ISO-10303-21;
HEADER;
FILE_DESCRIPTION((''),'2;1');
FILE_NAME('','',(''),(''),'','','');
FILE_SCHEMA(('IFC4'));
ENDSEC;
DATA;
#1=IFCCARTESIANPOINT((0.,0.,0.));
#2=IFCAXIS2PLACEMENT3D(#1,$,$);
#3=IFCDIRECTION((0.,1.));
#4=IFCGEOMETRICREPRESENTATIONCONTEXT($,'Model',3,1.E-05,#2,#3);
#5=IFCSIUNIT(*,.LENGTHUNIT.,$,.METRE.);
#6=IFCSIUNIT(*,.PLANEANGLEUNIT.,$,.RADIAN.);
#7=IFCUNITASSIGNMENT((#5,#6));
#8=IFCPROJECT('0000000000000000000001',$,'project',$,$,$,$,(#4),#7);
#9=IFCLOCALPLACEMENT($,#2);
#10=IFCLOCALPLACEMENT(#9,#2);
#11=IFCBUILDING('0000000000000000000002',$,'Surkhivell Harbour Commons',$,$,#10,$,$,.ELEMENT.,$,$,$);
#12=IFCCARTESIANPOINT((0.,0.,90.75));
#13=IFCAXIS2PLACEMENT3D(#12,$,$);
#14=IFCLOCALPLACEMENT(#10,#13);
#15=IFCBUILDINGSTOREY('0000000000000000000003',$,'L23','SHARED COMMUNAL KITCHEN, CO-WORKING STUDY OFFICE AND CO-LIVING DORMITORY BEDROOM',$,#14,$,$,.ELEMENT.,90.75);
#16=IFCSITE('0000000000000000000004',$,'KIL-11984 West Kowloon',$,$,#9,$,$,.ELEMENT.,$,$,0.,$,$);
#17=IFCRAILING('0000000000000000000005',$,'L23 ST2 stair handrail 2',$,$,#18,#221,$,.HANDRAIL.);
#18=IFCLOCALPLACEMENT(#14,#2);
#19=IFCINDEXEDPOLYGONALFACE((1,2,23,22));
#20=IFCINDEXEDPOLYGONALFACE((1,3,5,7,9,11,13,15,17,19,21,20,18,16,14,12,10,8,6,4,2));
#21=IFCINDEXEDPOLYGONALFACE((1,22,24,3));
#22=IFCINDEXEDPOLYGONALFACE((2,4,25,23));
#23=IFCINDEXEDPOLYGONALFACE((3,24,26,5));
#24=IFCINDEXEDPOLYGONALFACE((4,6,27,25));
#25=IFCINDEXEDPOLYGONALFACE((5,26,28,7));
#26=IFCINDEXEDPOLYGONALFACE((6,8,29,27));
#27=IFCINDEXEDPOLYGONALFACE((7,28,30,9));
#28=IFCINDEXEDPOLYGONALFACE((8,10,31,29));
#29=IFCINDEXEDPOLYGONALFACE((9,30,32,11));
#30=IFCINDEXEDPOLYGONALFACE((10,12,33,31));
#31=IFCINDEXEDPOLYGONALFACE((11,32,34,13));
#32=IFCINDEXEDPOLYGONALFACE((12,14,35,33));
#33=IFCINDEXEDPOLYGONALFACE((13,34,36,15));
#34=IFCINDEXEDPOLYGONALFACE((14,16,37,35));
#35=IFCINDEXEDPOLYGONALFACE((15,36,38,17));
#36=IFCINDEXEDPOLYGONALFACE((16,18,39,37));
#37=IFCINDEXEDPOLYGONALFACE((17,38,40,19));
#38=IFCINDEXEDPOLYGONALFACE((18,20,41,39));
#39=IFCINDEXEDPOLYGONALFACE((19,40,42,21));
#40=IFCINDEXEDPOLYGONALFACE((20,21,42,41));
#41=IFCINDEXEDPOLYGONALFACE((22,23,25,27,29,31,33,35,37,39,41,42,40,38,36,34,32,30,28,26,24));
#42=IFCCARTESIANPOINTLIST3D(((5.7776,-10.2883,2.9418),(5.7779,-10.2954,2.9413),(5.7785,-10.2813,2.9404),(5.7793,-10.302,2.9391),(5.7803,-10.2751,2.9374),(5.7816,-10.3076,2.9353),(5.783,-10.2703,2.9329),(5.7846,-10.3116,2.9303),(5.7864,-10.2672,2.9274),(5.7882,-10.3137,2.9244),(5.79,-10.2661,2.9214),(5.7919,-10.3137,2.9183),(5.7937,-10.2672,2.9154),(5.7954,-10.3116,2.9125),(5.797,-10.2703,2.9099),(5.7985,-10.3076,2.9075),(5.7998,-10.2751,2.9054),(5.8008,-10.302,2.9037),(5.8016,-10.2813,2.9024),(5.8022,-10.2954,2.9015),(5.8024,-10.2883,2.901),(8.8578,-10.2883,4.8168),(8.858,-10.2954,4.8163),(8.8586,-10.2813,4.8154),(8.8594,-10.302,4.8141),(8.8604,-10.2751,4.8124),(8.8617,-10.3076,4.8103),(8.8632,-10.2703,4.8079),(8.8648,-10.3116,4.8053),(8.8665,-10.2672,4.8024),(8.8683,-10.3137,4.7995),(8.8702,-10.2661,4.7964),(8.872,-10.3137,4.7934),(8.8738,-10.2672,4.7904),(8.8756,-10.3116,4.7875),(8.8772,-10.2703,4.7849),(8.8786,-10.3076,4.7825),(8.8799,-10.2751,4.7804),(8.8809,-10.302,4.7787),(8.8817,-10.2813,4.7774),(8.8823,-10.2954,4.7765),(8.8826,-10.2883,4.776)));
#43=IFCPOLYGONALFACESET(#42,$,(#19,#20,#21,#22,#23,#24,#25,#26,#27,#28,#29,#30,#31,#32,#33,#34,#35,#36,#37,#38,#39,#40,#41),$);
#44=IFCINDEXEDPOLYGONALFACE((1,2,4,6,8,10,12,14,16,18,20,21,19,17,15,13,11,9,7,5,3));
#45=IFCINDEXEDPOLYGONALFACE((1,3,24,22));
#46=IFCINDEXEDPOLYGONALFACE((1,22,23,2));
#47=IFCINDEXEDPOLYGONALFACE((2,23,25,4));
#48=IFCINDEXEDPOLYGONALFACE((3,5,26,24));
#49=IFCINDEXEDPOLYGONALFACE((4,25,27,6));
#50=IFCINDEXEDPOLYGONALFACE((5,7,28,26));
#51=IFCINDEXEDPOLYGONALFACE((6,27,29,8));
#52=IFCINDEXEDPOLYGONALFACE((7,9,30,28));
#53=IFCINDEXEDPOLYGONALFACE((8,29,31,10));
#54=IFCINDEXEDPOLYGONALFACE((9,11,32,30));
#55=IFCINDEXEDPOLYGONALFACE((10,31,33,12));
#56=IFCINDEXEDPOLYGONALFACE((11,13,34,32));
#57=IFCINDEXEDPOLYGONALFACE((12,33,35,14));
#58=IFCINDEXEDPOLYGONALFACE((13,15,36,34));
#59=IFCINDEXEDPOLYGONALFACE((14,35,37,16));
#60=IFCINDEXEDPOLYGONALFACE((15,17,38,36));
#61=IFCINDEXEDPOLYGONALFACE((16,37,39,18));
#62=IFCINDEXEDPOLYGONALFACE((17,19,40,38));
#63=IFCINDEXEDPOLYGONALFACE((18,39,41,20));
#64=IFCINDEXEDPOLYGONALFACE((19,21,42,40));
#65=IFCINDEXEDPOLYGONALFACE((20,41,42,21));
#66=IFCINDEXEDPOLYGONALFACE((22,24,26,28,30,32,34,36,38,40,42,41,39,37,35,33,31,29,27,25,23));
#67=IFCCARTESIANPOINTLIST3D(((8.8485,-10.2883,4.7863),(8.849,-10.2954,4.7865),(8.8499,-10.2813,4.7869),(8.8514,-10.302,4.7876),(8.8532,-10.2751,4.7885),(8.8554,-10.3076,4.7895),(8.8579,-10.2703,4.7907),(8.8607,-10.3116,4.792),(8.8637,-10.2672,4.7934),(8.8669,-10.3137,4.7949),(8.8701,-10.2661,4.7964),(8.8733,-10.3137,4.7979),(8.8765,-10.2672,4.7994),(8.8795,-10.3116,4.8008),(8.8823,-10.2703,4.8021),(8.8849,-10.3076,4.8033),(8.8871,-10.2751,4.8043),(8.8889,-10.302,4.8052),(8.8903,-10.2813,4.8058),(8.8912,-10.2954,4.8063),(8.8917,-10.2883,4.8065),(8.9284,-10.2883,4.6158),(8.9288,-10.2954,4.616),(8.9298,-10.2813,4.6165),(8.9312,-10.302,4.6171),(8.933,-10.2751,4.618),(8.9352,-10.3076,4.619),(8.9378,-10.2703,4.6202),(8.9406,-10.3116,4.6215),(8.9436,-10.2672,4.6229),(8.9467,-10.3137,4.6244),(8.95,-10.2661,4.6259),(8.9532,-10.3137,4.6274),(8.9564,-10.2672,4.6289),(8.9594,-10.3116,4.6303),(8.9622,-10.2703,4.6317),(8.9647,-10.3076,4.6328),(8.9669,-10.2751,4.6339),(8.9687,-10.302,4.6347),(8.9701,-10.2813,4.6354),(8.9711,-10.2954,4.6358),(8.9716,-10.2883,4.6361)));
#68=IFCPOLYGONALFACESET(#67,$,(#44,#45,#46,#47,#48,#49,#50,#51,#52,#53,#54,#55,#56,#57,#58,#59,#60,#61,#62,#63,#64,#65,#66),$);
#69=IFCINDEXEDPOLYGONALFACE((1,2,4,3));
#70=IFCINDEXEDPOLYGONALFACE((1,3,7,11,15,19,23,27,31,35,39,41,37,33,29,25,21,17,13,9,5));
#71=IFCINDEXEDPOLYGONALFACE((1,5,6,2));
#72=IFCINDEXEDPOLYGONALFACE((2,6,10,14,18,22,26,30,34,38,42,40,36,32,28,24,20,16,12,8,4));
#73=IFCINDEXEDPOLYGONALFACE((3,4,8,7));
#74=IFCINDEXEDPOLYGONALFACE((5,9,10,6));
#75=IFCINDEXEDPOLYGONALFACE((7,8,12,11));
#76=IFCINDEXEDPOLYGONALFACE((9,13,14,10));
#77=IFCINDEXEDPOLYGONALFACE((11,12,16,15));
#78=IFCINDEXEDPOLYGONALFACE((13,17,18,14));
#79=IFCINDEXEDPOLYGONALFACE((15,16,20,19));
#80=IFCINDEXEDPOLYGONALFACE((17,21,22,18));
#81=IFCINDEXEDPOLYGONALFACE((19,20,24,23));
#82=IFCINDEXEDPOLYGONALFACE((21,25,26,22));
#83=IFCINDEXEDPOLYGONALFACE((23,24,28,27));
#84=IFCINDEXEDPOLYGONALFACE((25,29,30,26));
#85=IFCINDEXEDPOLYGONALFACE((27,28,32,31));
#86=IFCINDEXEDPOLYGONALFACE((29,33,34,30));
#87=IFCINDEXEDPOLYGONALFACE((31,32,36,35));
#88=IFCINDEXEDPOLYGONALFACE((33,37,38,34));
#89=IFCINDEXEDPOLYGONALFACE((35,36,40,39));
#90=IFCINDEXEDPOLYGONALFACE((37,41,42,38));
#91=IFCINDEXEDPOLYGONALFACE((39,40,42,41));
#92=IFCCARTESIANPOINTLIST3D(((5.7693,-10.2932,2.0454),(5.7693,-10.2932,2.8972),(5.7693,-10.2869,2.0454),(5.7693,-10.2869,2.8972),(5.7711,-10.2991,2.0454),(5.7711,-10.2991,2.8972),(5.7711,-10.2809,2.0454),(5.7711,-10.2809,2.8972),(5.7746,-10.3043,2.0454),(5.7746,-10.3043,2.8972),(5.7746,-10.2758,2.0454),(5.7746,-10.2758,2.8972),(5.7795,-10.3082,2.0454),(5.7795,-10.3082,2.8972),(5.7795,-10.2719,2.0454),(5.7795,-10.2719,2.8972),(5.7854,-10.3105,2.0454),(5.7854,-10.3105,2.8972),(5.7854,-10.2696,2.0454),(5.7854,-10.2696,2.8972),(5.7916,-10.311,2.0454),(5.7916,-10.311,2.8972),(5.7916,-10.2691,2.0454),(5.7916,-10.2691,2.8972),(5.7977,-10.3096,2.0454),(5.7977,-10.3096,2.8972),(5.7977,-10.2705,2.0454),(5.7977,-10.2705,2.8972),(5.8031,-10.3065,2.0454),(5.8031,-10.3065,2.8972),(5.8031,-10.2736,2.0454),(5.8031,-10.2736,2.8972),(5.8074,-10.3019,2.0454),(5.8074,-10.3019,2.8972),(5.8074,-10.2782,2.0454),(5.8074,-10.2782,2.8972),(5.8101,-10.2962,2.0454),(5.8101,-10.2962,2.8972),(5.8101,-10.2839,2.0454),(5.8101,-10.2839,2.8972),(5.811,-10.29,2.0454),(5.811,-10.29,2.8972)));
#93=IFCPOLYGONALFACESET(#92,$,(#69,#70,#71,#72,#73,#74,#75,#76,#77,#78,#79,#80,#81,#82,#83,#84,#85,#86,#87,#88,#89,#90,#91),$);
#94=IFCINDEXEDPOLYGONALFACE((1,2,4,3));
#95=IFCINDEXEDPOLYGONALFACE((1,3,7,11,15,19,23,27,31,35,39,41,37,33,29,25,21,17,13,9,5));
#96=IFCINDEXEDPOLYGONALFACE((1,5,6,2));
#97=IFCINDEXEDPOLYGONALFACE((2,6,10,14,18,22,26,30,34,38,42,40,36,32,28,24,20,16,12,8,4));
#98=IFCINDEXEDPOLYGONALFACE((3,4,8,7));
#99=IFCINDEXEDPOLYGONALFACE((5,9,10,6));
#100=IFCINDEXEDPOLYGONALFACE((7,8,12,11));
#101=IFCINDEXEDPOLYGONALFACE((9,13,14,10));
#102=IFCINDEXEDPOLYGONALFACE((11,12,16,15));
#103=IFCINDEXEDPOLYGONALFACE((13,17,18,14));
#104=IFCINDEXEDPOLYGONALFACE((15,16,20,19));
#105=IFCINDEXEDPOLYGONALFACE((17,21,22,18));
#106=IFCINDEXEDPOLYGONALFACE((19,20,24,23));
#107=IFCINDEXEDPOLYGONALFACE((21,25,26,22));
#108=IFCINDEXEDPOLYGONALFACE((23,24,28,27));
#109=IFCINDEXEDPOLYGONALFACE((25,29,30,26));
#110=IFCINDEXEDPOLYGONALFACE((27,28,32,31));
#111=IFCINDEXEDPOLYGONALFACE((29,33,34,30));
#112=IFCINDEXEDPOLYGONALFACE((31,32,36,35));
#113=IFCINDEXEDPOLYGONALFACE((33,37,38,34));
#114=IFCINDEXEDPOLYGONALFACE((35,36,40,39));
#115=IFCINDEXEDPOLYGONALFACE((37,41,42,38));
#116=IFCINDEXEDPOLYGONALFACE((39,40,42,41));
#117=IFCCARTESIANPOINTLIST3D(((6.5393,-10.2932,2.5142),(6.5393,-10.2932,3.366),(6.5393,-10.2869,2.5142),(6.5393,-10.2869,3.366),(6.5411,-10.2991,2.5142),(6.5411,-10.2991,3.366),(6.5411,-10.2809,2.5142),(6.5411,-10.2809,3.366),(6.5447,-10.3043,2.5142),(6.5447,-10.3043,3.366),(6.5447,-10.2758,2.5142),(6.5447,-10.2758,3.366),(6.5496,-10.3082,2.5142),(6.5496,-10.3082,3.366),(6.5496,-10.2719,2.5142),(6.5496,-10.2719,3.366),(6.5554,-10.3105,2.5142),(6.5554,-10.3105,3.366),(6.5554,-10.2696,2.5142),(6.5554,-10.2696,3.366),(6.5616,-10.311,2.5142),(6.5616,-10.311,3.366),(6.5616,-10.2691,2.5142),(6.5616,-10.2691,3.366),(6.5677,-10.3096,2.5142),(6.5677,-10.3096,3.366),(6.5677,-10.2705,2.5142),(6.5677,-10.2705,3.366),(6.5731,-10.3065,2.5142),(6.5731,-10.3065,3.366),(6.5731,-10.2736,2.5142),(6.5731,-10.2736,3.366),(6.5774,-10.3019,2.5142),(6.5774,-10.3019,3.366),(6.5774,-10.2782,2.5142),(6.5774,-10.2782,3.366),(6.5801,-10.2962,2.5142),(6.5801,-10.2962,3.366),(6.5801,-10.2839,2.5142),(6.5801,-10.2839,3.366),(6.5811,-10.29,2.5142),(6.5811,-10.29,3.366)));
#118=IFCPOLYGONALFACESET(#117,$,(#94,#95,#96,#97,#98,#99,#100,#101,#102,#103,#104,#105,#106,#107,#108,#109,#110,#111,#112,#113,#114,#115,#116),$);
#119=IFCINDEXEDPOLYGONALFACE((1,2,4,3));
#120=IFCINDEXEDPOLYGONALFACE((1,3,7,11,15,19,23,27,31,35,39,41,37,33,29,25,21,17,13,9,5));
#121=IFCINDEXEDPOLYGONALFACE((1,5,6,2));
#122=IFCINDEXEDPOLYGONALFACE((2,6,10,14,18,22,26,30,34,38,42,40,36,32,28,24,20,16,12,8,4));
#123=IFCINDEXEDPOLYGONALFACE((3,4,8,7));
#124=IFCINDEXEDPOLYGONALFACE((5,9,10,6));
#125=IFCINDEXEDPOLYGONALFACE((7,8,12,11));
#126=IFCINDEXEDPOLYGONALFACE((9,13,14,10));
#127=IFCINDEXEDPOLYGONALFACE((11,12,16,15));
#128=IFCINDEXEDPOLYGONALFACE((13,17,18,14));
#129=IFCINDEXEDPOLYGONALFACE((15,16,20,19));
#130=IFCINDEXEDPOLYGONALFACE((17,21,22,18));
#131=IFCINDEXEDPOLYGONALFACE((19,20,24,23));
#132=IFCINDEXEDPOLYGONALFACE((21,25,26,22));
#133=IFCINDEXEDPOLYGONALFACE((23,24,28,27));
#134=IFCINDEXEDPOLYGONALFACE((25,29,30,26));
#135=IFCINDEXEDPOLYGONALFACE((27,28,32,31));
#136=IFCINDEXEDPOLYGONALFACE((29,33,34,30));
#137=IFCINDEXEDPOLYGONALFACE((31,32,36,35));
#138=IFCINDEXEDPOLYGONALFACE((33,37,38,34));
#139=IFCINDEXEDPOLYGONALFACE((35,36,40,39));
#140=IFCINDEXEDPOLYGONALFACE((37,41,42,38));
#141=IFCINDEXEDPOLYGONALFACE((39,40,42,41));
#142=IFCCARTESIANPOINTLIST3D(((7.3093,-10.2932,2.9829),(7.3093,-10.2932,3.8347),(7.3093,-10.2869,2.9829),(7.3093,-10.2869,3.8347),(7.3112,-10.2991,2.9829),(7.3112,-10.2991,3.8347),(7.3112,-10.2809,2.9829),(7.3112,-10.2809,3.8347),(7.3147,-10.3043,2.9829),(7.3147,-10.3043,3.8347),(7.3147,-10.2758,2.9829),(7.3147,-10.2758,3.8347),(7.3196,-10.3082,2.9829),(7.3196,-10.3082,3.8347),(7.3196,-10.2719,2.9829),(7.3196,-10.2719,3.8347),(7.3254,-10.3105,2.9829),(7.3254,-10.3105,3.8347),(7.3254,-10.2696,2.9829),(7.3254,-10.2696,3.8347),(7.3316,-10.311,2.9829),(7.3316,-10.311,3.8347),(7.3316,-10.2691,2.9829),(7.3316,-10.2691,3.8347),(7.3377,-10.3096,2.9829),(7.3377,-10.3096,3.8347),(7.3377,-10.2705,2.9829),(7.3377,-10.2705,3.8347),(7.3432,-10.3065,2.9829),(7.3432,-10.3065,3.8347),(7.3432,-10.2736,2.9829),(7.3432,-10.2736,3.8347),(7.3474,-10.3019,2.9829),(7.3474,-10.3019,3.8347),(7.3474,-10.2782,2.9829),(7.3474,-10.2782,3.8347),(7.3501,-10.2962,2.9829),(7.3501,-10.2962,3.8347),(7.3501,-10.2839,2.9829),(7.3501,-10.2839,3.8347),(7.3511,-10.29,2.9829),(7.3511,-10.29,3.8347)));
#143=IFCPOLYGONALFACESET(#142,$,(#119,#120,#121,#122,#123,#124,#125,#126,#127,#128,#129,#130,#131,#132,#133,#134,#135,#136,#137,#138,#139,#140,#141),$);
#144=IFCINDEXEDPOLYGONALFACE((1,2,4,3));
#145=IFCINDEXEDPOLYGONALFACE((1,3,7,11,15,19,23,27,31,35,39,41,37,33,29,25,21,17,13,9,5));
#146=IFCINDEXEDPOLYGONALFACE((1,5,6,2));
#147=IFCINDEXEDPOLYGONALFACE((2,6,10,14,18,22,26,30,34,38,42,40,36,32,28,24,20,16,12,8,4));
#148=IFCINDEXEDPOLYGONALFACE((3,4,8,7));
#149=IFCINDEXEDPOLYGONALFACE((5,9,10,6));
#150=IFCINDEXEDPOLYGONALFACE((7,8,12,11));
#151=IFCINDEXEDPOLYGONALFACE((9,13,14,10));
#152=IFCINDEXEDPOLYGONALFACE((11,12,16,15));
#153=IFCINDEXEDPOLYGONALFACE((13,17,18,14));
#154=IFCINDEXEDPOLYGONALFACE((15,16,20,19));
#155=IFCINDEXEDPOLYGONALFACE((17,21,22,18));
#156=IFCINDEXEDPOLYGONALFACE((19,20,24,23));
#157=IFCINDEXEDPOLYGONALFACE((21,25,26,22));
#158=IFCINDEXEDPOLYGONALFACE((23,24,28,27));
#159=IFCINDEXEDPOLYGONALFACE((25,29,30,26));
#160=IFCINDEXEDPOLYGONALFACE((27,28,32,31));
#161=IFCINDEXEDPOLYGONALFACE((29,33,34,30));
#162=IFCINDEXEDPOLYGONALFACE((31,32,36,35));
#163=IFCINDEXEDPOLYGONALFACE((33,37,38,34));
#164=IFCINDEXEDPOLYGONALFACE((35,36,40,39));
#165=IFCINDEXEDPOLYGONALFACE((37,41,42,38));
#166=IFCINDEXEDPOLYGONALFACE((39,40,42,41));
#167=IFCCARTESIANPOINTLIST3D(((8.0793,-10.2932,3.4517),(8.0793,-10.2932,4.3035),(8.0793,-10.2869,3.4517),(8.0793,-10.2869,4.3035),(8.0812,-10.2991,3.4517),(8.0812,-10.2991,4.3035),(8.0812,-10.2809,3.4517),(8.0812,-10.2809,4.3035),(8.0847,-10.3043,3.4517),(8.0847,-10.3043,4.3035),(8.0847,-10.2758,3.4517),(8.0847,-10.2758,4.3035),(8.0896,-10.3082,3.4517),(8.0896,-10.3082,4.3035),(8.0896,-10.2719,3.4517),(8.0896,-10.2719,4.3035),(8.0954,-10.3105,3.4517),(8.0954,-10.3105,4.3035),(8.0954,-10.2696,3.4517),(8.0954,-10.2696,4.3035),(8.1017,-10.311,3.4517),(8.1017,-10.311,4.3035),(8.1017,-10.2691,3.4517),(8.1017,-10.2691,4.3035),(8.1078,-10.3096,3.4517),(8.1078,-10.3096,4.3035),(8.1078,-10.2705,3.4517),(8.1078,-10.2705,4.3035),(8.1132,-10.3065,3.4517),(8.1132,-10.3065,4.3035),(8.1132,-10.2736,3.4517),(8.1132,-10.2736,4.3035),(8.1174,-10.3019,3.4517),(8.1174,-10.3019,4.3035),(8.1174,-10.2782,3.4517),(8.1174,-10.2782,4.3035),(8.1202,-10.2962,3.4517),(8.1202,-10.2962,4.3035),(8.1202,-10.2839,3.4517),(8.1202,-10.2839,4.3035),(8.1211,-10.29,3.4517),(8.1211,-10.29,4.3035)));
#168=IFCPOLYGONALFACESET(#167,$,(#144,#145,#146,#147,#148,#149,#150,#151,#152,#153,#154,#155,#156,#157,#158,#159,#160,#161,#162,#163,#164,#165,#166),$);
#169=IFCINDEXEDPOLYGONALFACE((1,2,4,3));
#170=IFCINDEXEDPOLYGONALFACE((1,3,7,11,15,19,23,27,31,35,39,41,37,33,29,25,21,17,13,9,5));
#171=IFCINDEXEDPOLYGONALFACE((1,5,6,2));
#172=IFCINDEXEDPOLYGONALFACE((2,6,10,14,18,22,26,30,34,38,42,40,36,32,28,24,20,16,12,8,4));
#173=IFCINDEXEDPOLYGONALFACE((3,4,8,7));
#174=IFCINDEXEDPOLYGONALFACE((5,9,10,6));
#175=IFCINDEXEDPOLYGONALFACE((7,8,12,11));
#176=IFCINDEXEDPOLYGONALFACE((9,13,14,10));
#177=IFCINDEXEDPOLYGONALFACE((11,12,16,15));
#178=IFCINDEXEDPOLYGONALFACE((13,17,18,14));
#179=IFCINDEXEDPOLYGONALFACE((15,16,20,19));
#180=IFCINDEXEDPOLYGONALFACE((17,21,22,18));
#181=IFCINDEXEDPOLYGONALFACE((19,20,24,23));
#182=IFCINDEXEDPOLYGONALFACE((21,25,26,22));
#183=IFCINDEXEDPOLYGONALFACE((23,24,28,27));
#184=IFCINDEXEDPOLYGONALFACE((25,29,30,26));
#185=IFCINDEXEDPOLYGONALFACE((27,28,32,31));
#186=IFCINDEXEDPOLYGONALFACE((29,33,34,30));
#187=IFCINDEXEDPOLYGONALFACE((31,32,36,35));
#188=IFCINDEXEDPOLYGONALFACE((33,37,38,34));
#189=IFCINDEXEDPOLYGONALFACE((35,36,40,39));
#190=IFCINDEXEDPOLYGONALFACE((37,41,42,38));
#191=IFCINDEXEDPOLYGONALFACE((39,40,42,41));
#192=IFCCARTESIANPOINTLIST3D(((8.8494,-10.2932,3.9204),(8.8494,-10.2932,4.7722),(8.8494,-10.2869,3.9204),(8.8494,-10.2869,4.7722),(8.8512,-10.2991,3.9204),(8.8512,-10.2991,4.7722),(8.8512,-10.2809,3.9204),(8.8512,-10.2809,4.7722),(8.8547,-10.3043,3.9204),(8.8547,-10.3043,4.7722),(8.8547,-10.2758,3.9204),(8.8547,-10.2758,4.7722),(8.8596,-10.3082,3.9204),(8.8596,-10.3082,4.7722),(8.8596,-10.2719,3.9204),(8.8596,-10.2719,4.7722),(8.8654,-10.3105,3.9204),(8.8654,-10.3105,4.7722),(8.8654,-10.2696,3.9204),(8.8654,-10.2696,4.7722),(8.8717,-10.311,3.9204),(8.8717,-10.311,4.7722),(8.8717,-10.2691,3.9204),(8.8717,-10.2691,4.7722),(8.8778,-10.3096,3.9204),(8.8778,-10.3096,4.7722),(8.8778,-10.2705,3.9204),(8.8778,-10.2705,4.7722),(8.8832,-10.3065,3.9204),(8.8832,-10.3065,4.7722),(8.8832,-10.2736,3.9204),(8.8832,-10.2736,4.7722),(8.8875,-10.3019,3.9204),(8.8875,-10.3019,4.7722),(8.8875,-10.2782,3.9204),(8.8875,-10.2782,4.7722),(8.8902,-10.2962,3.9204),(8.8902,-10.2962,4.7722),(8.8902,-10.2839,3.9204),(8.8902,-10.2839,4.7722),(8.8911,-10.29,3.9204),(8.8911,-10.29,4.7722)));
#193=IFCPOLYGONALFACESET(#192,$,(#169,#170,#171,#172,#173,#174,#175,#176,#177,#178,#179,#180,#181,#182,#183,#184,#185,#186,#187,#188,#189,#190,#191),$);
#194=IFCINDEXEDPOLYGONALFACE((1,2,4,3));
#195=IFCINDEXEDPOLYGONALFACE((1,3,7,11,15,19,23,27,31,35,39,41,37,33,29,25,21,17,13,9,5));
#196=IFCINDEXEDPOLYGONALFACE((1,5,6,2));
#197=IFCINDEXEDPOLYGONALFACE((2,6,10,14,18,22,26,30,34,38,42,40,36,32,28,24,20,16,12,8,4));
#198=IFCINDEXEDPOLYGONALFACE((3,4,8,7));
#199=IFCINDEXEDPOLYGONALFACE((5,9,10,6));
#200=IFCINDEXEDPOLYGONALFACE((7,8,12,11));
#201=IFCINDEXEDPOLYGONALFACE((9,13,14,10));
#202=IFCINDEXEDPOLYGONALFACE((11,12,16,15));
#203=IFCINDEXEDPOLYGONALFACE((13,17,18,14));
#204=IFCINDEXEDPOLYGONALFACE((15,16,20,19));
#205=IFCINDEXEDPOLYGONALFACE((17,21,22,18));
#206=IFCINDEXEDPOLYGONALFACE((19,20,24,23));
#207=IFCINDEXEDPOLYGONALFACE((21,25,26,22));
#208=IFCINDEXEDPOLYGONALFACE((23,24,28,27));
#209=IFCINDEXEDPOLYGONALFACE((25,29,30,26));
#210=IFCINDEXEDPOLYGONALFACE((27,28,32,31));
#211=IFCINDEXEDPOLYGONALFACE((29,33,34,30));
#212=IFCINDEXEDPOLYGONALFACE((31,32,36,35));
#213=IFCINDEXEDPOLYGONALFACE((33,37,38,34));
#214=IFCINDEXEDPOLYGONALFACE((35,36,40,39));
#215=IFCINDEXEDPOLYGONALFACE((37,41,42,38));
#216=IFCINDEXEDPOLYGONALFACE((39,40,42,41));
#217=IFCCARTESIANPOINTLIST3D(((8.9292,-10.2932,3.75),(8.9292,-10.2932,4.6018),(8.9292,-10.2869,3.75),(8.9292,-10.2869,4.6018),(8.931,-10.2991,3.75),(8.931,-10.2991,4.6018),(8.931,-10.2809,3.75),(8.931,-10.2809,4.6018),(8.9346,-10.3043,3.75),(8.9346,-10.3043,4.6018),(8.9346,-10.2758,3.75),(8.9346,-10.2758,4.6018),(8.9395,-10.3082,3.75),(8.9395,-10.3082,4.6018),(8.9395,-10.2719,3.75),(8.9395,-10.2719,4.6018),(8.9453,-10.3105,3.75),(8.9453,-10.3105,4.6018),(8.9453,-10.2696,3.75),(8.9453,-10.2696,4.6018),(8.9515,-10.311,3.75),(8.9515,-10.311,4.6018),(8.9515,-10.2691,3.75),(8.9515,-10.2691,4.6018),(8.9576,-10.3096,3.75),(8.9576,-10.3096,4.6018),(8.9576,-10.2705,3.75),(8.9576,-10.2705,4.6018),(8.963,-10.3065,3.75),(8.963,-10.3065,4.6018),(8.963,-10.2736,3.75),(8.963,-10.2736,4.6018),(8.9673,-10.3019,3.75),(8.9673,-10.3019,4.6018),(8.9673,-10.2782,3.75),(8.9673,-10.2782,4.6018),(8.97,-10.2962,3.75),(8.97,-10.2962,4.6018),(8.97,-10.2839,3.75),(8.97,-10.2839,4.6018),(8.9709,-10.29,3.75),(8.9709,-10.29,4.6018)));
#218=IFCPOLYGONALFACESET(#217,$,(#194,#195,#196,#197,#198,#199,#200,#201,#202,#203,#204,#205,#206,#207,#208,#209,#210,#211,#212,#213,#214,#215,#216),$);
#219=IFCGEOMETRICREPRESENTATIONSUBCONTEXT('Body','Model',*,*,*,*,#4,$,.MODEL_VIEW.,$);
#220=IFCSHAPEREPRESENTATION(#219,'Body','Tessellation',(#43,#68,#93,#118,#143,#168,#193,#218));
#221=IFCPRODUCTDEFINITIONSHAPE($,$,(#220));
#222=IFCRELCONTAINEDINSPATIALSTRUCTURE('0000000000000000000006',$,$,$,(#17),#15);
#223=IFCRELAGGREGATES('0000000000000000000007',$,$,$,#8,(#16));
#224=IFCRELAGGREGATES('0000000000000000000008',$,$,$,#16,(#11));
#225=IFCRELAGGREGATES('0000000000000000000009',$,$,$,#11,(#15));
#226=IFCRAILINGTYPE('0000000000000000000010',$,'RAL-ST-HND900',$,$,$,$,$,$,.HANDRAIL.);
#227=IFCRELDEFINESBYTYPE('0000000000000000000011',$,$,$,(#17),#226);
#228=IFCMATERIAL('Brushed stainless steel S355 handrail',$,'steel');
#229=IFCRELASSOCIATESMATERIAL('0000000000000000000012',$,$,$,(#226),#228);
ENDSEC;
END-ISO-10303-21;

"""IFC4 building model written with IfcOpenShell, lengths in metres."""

from ifc_helpers import new_model, si_unit, direction, frame, origin, origin_2d, place, context, subcontext, project, spatial, circle, extrude, material, type_object, element, save


model = new_model("IFC4")

# Units and contexts
model_context = context("Model", 3, precision=1e-05, world=origin(), true_north=direction((0.0, 1.0)))
body_context = subcontext(model_context, "Body", "Model", "MODEL_VIEW")
ifc_project = project(units=[si_unit("LENGTHUNIT", "METRE"), si_unit("PLANEANGLEUNIT", "RADIAN")], contexts=[model_context])

# Site, building, storey
site_placement = place(None, origin())
site = spatial("IfcSite", under=ifc_project, at=site_placement, Name="KIL-11984 West Kowloon", CompositionType="ELEMENT", RefElevation=0.0)
building_placement = place(site_placement, origin())
building = spatial("IfcBuilding", under=site, at=building_placement, Name="Surkhivell Harbour Commons", CompositionType="ELEMENT")
storey_placement = place(building_placement, frame((0.0, 0.0, 90.75)))
storey = spatial("IfcBuildingStorey", under=building, at=storey_placement, Name="L23", Description="SHARED COMMUNAL KITCHEN, CO-WORKING STUDY OFFICE AND CO-LIVING DORMITORY BEDROOM", CompositionType="ELEMENT", Elevation=90.75)

# Railing
ifc_material_1 = material(Name="Brushed stainless steel S355 handrail", Category="steel")
railing_type_1 = type_object("IfcRailingType", Name="RAL-ST-HND900", PredefinedType="HANDRAIL", material=ifc_material_1)
railing_1_placement = place(storey_placement, frame((5.79, -10.29, 2.0454)))
element("IfcRailing", 1, at=railing_1_placement, inside=storey, type_object=railing_type_1, Name="L23 ST2 stair handrail 2", PredefinedType="HANDRAIL", context=body_context, shape_type="SweptSolid", body=[
    extrude(circle(Radius=0.0239, at=origin_2d()), frame((0.0, 0.0, 0.876), z_axis=(0.854178, 0.0, 0.519981), x_axis=(0.0, 1.0, 0.0)), (0.0, 0.0, 1.0), 3.606),
    extrude(circle(Radius=0.0239, at=origin_2d()), frame((3.0801, 0.0, 2.751), z_axis=(0.424234, 0.0, -0.905552), x_axis=(0.0, 1.0, 0.0)), (0.0, 0.0, 1.0), 0.1882),
    extrude(circle(Radius=0.021, at=origin_2d()), origin(), (0.0, 0.0, 1.0), 0.8518),
    extrude(circle(Radius=0.021, at=origin_2d()), frame((0.77, 0.0, 0.4688)), (0.0, 0.0, 1.0), 0.8518),
    extrude(circle(Radius=0.021, at=origin_2d()), frame((1.54, 0.0, 0.9375)), (0.0, 0.0, 1.0), 0.8518),
    extrude(circle(Radius=0.021, at=origin_2d()), frame((2.3101, 0.0, 1.4062)), (0.0, 0.0, 1.0), 0.8518),
    extrude(circle(Radius=0.021, at=origin_2d()), frame((3.0801, 0.0, 1.875)), (0.0, 0.0, 1.0), 0.8518),
    extrude(circle(Radius=0.021, at=origin_2d()), frame((3.1599, 0.0, 1.7046)), (0.0, 0.0, 1.0), 0.8518),
])

save(model, "model.ifc")
